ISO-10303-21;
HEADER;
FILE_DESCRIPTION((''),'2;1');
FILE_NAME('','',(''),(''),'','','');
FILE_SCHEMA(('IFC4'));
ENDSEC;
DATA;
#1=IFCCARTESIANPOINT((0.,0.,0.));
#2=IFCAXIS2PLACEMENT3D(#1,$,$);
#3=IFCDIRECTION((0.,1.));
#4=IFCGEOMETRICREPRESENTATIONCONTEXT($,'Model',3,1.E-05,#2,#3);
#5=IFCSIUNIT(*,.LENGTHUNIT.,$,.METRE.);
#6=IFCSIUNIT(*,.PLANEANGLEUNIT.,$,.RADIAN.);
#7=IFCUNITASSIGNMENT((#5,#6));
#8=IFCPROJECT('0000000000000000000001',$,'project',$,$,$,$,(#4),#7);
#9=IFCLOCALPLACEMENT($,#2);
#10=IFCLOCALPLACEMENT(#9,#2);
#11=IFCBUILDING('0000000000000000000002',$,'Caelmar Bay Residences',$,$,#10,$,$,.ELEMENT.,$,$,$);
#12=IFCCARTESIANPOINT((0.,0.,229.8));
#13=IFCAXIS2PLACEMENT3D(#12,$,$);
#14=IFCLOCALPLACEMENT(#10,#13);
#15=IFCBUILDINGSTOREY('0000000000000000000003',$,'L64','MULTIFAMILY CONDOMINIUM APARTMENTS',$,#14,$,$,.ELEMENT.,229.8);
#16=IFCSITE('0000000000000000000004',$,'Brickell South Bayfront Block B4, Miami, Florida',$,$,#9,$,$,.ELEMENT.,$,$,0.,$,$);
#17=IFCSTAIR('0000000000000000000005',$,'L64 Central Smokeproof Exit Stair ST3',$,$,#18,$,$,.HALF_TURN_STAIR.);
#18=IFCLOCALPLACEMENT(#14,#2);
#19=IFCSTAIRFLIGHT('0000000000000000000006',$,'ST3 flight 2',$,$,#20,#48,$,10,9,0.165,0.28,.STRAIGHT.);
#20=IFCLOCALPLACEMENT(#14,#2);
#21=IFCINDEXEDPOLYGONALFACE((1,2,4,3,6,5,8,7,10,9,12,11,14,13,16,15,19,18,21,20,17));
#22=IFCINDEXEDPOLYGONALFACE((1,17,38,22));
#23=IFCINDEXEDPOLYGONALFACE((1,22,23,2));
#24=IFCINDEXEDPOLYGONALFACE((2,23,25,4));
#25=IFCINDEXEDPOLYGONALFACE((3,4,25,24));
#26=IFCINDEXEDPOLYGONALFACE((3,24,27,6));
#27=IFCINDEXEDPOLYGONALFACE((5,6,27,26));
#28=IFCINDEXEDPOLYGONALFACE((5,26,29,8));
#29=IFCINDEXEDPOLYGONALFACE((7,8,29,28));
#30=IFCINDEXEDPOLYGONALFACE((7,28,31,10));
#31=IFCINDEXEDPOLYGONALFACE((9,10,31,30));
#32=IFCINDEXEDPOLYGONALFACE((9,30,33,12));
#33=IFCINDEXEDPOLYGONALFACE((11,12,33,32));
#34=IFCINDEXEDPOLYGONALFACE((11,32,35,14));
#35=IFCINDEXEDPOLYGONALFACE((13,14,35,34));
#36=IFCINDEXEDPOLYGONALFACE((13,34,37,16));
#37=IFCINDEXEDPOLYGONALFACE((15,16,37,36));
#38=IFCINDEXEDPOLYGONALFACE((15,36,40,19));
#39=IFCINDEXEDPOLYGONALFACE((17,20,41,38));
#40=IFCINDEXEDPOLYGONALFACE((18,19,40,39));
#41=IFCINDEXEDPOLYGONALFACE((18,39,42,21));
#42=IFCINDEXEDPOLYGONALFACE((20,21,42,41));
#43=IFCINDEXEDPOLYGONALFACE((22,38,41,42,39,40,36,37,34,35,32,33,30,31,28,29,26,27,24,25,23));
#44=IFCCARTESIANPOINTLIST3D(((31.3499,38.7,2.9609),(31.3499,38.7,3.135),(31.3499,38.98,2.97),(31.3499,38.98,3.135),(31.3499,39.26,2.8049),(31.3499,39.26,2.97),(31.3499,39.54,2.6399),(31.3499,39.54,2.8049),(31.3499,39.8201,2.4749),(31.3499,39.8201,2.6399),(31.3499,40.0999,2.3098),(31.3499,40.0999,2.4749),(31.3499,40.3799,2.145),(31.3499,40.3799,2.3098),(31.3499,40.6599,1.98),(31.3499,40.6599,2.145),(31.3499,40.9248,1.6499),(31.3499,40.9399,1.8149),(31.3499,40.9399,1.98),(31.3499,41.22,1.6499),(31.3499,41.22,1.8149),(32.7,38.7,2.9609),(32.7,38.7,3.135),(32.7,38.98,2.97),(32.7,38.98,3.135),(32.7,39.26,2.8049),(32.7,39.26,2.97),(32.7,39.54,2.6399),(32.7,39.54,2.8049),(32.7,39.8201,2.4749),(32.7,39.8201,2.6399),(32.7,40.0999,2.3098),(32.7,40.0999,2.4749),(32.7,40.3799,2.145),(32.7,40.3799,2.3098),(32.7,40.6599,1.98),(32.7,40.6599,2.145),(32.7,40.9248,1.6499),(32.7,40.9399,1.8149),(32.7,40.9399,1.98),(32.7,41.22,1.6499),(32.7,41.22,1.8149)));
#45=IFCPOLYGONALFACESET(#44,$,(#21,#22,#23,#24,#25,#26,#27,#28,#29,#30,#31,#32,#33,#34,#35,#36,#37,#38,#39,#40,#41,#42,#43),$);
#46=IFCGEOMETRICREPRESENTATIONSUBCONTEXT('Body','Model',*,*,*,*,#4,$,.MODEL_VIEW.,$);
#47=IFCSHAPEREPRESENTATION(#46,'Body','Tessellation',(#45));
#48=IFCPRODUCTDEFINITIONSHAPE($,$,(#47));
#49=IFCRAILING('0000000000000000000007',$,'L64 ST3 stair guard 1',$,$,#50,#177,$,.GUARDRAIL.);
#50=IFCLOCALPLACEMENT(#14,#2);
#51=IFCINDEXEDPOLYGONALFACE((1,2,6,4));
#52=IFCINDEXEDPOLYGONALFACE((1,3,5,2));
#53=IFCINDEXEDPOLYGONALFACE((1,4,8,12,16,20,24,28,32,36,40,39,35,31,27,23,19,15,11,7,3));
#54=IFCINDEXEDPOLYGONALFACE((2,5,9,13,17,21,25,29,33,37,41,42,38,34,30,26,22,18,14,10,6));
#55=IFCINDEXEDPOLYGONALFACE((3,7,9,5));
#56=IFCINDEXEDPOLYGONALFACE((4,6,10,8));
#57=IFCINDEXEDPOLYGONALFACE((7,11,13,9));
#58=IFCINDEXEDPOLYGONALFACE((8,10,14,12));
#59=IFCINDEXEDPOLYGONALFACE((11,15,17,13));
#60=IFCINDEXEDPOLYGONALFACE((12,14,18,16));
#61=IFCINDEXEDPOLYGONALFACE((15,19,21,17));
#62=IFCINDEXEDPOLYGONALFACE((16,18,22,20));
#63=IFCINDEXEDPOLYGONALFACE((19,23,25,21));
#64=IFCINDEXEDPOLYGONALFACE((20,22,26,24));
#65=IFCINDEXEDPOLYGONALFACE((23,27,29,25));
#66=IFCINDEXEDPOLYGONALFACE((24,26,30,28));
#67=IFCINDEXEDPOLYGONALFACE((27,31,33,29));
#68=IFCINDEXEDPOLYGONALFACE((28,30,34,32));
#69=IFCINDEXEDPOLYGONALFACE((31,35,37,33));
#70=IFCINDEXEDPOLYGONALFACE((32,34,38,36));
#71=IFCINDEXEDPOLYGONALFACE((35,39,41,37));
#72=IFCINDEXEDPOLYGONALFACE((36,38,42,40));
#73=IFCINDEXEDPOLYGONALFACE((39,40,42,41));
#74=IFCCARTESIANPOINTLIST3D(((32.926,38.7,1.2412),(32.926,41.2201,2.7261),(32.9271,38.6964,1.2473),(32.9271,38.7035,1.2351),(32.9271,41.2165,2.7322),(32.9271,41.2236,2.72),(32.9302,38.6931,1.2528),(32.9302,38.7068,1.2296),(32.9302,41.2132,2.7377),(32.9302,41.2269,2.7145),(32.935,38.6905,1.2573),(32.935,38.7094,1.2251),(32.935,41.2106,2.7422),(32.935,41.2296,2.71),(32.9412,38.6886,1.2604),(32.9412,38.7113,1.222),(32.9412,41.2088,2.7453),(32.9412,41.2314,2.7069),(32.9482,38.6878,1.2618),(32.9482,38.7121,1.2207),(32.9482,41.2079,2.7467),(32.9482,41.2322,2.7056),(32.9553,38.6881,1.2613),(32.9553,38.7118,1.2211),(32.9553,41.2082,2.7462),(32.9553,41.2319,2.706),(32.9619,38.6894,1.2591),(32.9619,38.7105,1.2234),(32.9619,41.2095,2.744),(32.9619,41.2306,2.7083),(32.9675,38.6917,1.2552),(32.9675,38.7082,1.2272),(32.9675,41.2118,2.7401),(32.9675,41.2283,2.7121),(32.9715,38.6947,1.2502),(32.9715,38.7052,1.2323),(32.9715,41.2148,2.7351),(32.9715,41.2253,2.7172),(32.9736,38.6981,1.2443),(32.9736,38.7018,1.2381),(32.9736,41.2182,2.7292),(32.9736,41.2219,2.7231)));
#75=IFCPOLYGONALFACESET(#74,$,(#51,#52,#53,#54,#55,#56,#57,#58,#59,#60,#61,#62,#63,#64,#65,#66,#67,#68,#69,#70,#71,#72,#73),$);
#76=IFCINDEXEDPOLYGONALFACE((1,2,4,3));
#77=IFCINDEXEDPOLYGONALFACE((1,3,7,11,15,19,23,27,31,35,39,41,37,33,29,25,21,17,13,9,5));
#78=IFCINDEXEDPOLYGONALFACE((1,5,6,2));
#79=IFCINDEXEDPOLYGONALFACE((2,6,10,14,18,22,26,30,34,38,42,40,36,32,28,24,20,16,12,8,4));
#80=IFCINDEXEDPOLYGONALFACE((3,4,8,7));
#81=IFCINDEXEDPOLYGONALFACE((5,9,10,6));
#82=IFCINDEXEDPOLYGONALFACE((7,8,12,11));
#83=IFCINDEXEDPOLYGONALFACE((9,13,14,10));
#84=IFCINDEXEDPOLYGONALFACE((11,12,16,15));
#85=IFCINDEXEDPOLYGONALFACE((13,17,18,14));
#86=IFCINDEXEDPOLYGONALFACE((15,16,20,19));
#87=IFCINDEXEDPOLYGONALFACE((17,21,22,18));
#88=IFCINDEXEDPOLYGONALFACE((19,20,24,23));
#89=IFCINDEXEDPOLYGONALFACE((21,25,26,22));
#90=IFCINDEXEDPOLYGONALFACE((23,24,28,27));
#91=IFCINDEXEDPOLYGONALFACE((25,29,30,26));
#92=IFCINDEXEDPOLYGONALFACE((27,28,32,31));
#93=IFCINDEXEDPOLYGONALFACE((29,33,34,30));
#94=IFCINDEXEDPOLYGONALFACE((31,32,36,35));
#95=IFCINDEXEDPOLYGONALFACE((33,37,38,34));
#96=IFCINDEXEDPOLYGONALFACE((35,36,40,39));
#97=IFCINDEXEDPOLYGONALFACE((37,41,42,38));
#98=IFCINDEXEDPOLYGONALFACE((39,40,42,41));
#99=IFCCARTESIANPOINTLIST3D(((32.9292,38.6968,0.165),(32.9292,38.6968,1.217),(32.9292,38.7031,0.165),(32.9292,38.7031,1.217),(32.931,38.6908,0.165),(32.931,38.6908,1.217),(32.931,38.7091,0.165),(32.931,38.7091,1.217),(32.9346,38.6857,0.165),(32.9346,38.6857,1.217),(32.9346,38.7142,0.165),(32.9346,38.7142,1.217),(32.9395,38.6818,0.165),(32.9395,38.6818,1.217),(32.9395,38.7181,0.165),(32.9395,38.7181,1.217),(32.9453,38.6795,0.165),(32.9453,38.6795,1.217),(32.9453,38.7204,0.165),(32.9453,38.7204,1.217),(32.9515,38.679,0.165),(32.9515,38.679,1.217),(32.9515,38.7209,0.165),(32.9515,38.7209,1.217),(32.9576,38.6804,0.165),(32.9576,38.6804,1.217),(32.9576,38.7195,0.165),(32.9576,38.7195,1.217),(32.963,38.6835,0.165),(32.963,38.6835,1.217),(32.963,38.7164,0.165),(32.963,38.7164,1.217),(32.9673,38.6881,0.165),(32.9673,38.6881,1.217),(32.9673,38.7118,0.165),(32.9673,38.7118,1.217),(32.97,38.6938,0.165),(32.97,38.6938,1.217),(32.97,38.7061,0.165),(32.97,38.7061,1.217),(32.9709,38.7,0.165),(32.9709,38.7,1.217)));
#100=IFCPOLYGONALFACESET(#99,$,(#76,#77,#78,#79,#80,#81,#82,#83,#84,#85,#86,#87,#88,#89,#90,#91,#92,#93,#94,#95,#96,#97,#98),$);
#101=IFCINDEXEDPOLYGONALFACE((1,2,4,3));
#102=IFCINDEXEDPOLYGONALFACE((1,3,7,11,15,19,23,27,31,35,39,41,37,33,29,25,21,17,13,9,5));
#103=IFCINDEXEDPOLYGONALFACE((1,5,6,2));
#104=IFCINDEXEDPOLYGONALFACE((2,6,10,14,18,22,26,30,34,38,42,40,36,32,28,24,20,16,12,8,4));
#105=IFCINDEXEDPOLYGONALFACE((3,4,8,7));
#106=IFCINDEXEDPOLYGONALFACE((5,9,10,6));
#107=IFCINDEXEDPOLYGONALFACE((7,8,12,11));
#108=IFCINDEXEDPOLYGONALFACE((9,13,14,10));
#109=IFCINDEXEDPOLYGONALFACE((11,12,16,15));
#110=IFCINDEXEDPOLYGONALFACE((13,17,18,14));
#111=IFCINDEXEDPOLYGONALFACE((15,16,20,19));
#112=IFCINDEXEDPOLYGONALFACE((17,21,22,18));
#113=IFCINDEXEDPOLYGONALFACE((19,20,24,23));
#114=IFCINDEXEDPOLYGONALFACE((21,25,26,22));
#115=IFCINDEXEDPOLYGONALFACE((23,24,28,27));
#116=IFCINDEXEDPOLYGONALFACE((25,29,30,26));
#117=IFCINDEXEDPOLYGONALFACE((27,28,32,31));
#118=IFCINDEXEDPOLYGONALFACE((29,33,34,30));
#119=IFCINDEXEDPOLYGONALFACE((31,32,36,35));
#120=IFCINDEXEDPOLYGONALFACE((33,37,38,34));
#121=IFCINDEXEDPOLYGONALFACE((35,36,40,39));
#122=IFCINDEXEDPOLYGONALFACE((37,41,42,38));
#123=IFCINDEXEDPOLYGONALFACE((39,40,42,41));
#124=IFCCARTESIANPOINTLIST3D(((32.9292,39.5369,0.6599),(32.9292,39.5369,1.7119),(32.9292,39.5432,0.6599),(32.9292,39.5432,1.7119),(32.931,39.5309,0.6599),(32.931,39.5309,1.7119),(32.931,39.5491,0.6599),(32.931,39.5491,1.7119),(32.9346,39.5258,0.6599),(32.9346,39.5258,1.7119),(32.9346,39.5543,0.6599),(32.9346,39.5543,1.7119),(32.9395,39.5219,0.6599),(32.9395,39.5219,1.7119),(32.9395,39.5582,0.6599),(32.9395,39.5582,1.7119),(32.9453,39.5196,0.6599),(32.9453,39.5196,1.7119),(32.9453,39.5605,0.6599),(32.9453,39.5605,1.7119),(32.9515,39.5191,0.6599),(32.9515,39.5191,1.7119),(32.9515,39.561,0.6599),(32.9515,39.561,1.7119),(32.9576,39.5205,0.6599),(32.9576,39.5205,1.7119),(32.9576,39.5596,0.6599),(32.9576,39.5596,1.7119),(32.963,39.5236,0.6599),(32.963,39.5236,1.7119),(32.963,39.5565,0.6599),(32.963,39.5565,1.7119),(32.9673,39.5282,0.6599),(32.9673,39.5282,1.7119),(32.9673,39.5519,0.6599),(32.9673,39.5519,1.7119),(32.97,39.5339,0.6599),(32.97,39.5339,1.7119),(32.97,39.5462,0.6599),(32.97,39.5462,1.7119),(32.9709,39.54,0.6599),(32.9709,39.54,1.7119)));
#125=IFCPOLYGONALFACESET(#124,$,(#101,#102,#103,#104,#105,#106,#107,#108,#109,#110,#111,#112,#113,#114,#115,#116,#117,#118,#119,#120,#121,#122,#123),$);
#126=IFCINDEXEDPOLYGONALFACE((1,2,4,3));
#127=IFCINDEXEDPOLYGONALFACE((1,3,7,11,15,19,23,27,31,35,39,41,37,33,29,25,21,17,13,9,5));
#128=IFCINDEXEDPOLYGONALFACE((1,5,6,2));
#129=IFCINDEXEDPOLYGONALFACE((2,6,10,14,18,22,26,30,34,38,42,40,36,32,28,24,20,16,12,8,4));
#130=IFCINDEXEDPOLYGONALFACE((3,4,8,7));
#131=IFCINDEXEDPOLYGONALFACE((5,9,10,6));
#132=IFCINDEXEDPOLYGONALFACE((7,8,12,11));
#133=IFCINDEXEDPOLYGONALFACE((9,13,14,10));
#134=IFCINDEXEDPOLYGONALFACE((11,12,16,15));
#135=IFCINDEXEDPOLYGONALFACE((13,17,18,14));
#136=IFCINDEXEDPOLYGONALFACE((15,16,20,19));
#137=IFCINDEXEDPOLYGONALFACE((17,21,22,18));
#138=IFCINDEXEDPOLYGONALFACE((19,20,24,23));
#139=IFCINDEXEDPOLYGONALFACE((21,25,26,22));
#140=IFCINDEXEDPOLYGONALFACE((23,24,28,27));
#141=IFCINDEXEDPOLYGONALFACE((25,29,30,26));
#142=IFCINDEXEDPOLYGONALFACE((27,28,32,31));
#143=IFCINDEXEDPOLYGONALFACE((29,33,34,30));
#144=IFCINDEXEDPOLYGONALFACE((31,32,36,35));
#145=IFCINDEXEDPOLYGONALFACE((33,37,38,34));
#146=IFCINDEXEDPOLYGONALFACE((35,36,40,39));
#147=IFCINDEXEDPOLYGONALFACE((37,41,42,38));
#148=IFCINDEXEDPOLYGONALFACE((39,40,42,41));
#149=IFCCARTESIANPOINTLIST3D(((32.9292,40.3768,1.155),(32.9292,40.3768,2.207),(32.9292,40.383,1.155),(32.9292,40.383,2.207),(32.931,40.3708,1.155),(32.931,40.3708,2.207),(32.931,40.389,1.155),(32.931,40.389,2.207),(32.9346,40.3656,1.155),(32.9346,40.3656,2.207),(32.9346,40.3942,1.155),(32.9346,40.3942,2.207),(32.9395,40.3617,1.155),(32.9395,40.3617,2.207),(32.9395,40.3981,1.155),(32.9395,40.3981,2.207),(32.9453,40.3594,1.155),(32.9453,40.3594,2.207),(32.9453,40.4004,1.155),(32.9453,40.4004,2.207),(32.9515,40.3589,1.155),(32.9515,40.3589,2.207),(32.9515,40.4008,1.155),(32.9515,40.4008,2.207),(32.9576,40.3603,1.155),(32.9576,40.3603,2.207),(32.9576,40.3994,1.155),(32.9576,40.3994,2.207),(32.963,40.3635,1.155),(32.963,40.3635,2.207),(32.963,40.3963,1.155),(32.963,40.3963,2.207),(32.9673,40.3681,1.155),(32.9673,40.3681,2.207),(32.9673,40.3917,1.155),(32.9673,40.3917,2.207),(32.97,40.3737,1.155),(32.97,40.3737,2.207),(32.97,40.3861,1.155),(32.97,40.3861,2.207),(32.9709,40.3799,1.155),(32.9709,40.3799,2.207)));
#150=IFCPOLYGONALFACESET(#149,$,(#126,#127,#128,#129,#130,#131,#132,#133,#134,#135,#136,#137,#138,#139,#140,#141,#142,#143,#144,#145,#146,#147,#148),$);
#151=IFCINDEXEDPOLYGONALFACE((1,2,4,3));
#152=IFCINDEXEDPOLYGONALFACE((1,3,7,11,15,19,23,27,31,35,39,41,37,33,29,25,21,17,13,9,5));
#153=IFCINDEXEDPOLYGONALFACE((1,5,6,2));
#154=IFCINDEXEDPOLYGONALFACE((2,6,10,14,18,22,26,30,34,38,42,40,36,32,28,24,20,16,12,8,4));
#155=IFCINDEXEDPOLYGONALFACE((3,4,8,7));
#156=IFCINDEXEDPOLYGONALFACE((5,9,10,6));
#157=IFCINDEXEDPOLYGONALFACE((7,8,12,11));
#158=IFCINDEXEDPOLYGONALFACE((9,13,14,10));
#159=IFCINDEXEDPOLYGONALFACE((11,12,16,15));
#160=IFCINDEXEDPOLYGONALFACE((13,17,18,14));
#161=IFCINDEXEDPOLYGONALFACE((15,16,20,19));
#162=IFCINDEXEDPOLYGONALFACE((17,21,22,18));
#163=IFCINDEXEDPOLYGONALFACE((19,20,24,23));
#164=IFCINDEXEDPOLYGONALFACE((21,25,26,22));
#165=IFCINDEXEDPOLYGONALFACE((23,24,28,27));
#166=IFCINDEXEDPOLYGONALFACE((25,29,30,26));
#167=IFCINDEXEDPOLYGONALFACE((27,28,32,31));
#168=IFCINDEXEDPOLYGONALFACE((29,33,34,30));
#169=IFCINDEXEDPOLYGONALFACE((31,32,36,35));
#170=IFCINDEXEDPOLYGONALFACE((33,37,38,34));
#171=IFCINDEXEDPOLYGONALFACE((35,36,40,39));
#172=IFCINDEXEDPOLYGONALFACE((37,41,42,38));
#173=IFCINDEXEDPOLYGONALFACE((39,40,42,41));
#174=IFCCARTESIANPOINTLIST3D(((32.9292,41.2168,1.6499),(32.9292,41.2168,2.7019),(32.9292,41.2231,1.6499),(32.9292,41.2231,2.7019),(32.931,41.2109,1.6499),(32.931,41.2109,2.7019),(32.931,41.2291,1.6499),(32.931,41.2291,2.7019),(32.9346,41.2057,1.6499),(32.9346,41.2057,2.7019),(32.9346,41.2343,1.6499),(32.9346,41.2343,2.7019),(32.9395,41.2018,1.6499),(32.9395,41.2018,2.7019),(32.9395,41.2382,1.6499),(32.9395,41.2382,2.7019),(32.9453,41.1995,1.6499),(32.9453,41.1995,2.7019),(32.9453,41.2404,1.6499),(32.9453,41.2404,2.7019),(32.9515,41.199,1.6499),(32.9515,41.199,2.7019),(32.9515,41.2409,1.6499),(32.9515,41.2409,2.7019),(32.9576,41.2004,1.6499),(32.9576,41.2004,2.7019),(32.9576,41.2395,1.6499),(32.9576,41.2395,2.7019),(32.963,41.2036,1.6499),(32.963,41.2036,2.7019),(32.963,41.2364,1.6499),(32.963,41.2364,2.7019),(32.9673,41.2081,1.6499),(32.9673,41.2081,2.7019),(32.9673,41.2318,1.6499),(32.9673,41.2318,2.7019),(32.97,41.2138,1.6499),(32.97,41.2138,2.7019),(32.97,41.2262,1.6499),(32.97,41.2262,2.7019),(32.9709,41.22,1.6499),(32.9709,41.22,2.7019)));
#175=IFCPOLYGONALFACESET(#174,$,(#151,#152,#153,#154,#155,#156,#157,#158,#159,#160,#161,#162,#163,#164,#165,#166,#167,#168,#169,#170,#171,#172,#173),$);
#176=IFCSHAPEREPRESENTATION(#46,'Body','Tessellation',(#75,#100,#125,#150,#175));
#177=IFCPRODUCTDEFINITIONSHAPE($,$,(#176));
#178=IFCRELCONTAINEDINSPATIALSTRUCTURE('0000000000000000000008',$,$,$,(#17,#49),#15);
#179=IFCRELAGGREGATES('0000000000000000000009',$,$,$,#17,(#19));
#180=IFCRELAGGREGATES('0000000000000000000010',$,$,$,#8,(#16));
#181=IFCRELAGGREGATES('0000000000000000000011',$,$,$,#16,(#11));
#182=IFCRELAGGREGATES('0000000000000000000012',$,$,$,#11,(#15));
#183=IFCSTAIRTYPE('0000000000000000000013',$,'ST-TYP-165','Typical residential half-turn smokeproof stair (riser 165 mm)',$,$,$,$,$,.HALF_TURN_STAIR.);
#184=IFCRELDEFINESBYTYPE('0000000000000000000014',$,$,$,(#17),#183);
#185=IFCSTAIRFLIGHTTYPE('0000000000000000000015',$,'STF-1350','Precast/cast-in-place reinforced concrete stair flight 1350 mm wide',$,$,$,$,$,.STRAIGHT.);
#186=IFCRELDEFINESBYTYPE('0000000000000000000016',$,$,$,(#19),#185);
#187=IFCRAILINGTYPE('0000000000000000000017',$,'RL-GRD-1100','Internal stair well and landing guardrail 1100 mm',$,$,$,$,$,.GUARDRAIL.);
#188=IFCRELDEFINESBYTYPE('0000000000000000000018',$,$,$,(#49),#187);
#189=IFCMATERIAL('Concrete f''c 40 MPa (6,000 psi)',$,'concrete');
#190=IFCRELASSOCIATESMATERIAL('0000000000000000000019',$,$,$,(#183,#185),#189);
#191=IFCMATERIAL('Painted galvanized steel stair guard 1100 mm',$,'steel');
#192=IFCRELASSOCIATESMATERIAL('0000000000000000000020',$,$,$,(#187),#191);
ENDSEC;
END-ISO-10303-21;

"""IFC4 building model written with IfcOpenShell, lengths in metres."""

from ifc_helpers import new_model, si_unit, direction, frame, origin, origin_2d, place, context, subcontext, project, spatial, polyline, circle, outline, extrude, material, type_object, element, aggregate, save


model = new_model("IFC4")

# Units and contexts
model_context = context("Model", 3, precision=1e-05, world=origin(), true_north=direction((0.0, 1.0)))
body_context = subcontext(model_context, "Body", "Model", "MODEL_VIEW")
ifc_project = project(units=[si_unit("LENGTHUNIT", "METRE"), si_unit("PLANEANGLEUNIT", "RADIAN")], contexts=[model_context])

# Site, building, storey
site_placement = place(None, origin())
site = spatial("IfcSite", under=ifc_project, at=site_placement, Name="Brickell South Bayfront Block B4, Miami, Florida", CompositionType="ELEMENT", RefElevation=0.0)
building_placement = place(site_placement, origin())
building = spatial("IfcBuilding", under=site, at=building_placement, Name="Caelmar Bay Residences", CompositionType="ELEMENT")
storey_placement = place(building_placement, frame((0.0, 0.0, 229.8)))
storey = spatial("IfcBuildingStorey", under=building, at=storey_placement, Name="L64", Description="MULTIFAMILY CONDOMINIUM APARTMENTS", CompositionType="ELEMENT", Elevation=229.8)

# Stair, stair flight
ifc_material_1 = material(Name="Concrete f'c 40 MPa (6,000 psi)", Category="concrete")
stair_type = type_object("IfcStairType", Name="ST-TYP-165", Description="Typical residential half-turn smokeproof stair (riser 165 mm)", PredefinedType="HALF_TURN_STAIR", material=ifc_material_1)
stair_placement = place(storey_placement, origin())
stair = element("IfcStair", 1, at=stair_placement, inside=storey, type_object=stair_type, Name="L64 Central Smokeproof Exit Stair ST3", PredefinedType="HALF_TURN_STAIR")
stair_flight_type = type_object("IfcStairFlightType", Name="STF-1350", Description="Precast/cast-in-place reinforced concrete stair flight 1350 mm wide", PredefinedType="STRAIGHT", material=ifc_material_1)
stair_flight_1_placement = place(storey_placement, frame((32.0249, 41.22, 1.6499), z_axis=(0.0, 0.0, 1.0), x_axis=(0.0, -1.0, 0.0)))
stair_flight_1 = element("IfcStairFlight", 2, at=stair_flight_1_placement, type_object=stair_flight_type, Name="ST3 flight 2", NumberOfRisers=10, NumberOfTreads=9, PredefinedType="STRAIGHT", RiserHeight=0.165, TreadLength=0.28, context=body_context, shape_type="SweptSolid", body=[
    extrude(outline(polyline([(0.0, 0.0), (0.0, 0.165), (0.28, 0.165), (0.28, 0.3301), (0.5601, 0.3301), (0.5601, 0.4951), (0.8401, 0.4951), (0.8401, 0.6599), (1.1201, 0.6599), (1.1201, 0.825), (1.3999, 0.825), (1.3999, 0.99), (1.6799, 0.99), (1.6799, 1.155), (1.96, 1.155), (1.96, 1.3201), (2.24, 1.3201), (2.24, 1.4851), (2.52, 1.4851), (2.52, 1.6499), (2.52, 1.311), (0.2952, 0.0), (0.0, 0.0)])), frame((0.0, 0.675, 0.0), z_axis=(0.0, -1.0, 0.0), x_axis=(1.0, 0.0, 0.0)), (0.0, 0.0, 1.0), 1.3501),
])
aggregate(stair, [stair_flight_1])

# Railing
ifc_material_2 = material(Name="Painted galvanized steel stair guard 1100 mm", Category="steel")
railing_type_1 = type_object("IfcRailingType", Name="RL-GRD-1100", Description="Internal stair well and landing guardrail 1100 mm", PredefinedType="GUARDRAIL", material=ifc_material_2)
railing_1_placement = place(storey_placement, frame((32.95, 38.7, 0.165)))
element("IfcRailing", 3, at=railing_1_placement, inside=storey, type_object=railing_type_1, Name="L64 ST3 stair guard 1", PredefinedType="GUARDRAIL", context=body_context, shape_type="SweptSolid", body=[
    extrude(circle(Radius=0.0239, at=origin_2d()), frame((0.0, 0.0, 1.0762), z_axis=(0.0, 0.861561, 0.507655), x_axis=(-1.0, 0.0, 0.0)), (0.0, 0.0, 1.0), 2.925),
    extrude(circle(Radius=0.021, at=origin_2d()), origin(), (0.0, 0.0, 1.0), 1.052),
    extrude(circle(Radius=0.021, at=origin_2d()), frame((0.0, 0.8401, 0.4949)), (0.0, 0.0, 1.0), 1.052),
    extrude(circle(Radius=0.021, at=origin_2d()), frame((0.0, 1.6799, 0.99)), (0.0, 0.0, 1.0), 1.052),
    extrude(circle(Radius=0.021, at=origin_2d()), frame((0.0, 2.52, 1.4849)), (0.0, 0.0, 1.0), 1.052),
])

save(model, "model.ifc")
